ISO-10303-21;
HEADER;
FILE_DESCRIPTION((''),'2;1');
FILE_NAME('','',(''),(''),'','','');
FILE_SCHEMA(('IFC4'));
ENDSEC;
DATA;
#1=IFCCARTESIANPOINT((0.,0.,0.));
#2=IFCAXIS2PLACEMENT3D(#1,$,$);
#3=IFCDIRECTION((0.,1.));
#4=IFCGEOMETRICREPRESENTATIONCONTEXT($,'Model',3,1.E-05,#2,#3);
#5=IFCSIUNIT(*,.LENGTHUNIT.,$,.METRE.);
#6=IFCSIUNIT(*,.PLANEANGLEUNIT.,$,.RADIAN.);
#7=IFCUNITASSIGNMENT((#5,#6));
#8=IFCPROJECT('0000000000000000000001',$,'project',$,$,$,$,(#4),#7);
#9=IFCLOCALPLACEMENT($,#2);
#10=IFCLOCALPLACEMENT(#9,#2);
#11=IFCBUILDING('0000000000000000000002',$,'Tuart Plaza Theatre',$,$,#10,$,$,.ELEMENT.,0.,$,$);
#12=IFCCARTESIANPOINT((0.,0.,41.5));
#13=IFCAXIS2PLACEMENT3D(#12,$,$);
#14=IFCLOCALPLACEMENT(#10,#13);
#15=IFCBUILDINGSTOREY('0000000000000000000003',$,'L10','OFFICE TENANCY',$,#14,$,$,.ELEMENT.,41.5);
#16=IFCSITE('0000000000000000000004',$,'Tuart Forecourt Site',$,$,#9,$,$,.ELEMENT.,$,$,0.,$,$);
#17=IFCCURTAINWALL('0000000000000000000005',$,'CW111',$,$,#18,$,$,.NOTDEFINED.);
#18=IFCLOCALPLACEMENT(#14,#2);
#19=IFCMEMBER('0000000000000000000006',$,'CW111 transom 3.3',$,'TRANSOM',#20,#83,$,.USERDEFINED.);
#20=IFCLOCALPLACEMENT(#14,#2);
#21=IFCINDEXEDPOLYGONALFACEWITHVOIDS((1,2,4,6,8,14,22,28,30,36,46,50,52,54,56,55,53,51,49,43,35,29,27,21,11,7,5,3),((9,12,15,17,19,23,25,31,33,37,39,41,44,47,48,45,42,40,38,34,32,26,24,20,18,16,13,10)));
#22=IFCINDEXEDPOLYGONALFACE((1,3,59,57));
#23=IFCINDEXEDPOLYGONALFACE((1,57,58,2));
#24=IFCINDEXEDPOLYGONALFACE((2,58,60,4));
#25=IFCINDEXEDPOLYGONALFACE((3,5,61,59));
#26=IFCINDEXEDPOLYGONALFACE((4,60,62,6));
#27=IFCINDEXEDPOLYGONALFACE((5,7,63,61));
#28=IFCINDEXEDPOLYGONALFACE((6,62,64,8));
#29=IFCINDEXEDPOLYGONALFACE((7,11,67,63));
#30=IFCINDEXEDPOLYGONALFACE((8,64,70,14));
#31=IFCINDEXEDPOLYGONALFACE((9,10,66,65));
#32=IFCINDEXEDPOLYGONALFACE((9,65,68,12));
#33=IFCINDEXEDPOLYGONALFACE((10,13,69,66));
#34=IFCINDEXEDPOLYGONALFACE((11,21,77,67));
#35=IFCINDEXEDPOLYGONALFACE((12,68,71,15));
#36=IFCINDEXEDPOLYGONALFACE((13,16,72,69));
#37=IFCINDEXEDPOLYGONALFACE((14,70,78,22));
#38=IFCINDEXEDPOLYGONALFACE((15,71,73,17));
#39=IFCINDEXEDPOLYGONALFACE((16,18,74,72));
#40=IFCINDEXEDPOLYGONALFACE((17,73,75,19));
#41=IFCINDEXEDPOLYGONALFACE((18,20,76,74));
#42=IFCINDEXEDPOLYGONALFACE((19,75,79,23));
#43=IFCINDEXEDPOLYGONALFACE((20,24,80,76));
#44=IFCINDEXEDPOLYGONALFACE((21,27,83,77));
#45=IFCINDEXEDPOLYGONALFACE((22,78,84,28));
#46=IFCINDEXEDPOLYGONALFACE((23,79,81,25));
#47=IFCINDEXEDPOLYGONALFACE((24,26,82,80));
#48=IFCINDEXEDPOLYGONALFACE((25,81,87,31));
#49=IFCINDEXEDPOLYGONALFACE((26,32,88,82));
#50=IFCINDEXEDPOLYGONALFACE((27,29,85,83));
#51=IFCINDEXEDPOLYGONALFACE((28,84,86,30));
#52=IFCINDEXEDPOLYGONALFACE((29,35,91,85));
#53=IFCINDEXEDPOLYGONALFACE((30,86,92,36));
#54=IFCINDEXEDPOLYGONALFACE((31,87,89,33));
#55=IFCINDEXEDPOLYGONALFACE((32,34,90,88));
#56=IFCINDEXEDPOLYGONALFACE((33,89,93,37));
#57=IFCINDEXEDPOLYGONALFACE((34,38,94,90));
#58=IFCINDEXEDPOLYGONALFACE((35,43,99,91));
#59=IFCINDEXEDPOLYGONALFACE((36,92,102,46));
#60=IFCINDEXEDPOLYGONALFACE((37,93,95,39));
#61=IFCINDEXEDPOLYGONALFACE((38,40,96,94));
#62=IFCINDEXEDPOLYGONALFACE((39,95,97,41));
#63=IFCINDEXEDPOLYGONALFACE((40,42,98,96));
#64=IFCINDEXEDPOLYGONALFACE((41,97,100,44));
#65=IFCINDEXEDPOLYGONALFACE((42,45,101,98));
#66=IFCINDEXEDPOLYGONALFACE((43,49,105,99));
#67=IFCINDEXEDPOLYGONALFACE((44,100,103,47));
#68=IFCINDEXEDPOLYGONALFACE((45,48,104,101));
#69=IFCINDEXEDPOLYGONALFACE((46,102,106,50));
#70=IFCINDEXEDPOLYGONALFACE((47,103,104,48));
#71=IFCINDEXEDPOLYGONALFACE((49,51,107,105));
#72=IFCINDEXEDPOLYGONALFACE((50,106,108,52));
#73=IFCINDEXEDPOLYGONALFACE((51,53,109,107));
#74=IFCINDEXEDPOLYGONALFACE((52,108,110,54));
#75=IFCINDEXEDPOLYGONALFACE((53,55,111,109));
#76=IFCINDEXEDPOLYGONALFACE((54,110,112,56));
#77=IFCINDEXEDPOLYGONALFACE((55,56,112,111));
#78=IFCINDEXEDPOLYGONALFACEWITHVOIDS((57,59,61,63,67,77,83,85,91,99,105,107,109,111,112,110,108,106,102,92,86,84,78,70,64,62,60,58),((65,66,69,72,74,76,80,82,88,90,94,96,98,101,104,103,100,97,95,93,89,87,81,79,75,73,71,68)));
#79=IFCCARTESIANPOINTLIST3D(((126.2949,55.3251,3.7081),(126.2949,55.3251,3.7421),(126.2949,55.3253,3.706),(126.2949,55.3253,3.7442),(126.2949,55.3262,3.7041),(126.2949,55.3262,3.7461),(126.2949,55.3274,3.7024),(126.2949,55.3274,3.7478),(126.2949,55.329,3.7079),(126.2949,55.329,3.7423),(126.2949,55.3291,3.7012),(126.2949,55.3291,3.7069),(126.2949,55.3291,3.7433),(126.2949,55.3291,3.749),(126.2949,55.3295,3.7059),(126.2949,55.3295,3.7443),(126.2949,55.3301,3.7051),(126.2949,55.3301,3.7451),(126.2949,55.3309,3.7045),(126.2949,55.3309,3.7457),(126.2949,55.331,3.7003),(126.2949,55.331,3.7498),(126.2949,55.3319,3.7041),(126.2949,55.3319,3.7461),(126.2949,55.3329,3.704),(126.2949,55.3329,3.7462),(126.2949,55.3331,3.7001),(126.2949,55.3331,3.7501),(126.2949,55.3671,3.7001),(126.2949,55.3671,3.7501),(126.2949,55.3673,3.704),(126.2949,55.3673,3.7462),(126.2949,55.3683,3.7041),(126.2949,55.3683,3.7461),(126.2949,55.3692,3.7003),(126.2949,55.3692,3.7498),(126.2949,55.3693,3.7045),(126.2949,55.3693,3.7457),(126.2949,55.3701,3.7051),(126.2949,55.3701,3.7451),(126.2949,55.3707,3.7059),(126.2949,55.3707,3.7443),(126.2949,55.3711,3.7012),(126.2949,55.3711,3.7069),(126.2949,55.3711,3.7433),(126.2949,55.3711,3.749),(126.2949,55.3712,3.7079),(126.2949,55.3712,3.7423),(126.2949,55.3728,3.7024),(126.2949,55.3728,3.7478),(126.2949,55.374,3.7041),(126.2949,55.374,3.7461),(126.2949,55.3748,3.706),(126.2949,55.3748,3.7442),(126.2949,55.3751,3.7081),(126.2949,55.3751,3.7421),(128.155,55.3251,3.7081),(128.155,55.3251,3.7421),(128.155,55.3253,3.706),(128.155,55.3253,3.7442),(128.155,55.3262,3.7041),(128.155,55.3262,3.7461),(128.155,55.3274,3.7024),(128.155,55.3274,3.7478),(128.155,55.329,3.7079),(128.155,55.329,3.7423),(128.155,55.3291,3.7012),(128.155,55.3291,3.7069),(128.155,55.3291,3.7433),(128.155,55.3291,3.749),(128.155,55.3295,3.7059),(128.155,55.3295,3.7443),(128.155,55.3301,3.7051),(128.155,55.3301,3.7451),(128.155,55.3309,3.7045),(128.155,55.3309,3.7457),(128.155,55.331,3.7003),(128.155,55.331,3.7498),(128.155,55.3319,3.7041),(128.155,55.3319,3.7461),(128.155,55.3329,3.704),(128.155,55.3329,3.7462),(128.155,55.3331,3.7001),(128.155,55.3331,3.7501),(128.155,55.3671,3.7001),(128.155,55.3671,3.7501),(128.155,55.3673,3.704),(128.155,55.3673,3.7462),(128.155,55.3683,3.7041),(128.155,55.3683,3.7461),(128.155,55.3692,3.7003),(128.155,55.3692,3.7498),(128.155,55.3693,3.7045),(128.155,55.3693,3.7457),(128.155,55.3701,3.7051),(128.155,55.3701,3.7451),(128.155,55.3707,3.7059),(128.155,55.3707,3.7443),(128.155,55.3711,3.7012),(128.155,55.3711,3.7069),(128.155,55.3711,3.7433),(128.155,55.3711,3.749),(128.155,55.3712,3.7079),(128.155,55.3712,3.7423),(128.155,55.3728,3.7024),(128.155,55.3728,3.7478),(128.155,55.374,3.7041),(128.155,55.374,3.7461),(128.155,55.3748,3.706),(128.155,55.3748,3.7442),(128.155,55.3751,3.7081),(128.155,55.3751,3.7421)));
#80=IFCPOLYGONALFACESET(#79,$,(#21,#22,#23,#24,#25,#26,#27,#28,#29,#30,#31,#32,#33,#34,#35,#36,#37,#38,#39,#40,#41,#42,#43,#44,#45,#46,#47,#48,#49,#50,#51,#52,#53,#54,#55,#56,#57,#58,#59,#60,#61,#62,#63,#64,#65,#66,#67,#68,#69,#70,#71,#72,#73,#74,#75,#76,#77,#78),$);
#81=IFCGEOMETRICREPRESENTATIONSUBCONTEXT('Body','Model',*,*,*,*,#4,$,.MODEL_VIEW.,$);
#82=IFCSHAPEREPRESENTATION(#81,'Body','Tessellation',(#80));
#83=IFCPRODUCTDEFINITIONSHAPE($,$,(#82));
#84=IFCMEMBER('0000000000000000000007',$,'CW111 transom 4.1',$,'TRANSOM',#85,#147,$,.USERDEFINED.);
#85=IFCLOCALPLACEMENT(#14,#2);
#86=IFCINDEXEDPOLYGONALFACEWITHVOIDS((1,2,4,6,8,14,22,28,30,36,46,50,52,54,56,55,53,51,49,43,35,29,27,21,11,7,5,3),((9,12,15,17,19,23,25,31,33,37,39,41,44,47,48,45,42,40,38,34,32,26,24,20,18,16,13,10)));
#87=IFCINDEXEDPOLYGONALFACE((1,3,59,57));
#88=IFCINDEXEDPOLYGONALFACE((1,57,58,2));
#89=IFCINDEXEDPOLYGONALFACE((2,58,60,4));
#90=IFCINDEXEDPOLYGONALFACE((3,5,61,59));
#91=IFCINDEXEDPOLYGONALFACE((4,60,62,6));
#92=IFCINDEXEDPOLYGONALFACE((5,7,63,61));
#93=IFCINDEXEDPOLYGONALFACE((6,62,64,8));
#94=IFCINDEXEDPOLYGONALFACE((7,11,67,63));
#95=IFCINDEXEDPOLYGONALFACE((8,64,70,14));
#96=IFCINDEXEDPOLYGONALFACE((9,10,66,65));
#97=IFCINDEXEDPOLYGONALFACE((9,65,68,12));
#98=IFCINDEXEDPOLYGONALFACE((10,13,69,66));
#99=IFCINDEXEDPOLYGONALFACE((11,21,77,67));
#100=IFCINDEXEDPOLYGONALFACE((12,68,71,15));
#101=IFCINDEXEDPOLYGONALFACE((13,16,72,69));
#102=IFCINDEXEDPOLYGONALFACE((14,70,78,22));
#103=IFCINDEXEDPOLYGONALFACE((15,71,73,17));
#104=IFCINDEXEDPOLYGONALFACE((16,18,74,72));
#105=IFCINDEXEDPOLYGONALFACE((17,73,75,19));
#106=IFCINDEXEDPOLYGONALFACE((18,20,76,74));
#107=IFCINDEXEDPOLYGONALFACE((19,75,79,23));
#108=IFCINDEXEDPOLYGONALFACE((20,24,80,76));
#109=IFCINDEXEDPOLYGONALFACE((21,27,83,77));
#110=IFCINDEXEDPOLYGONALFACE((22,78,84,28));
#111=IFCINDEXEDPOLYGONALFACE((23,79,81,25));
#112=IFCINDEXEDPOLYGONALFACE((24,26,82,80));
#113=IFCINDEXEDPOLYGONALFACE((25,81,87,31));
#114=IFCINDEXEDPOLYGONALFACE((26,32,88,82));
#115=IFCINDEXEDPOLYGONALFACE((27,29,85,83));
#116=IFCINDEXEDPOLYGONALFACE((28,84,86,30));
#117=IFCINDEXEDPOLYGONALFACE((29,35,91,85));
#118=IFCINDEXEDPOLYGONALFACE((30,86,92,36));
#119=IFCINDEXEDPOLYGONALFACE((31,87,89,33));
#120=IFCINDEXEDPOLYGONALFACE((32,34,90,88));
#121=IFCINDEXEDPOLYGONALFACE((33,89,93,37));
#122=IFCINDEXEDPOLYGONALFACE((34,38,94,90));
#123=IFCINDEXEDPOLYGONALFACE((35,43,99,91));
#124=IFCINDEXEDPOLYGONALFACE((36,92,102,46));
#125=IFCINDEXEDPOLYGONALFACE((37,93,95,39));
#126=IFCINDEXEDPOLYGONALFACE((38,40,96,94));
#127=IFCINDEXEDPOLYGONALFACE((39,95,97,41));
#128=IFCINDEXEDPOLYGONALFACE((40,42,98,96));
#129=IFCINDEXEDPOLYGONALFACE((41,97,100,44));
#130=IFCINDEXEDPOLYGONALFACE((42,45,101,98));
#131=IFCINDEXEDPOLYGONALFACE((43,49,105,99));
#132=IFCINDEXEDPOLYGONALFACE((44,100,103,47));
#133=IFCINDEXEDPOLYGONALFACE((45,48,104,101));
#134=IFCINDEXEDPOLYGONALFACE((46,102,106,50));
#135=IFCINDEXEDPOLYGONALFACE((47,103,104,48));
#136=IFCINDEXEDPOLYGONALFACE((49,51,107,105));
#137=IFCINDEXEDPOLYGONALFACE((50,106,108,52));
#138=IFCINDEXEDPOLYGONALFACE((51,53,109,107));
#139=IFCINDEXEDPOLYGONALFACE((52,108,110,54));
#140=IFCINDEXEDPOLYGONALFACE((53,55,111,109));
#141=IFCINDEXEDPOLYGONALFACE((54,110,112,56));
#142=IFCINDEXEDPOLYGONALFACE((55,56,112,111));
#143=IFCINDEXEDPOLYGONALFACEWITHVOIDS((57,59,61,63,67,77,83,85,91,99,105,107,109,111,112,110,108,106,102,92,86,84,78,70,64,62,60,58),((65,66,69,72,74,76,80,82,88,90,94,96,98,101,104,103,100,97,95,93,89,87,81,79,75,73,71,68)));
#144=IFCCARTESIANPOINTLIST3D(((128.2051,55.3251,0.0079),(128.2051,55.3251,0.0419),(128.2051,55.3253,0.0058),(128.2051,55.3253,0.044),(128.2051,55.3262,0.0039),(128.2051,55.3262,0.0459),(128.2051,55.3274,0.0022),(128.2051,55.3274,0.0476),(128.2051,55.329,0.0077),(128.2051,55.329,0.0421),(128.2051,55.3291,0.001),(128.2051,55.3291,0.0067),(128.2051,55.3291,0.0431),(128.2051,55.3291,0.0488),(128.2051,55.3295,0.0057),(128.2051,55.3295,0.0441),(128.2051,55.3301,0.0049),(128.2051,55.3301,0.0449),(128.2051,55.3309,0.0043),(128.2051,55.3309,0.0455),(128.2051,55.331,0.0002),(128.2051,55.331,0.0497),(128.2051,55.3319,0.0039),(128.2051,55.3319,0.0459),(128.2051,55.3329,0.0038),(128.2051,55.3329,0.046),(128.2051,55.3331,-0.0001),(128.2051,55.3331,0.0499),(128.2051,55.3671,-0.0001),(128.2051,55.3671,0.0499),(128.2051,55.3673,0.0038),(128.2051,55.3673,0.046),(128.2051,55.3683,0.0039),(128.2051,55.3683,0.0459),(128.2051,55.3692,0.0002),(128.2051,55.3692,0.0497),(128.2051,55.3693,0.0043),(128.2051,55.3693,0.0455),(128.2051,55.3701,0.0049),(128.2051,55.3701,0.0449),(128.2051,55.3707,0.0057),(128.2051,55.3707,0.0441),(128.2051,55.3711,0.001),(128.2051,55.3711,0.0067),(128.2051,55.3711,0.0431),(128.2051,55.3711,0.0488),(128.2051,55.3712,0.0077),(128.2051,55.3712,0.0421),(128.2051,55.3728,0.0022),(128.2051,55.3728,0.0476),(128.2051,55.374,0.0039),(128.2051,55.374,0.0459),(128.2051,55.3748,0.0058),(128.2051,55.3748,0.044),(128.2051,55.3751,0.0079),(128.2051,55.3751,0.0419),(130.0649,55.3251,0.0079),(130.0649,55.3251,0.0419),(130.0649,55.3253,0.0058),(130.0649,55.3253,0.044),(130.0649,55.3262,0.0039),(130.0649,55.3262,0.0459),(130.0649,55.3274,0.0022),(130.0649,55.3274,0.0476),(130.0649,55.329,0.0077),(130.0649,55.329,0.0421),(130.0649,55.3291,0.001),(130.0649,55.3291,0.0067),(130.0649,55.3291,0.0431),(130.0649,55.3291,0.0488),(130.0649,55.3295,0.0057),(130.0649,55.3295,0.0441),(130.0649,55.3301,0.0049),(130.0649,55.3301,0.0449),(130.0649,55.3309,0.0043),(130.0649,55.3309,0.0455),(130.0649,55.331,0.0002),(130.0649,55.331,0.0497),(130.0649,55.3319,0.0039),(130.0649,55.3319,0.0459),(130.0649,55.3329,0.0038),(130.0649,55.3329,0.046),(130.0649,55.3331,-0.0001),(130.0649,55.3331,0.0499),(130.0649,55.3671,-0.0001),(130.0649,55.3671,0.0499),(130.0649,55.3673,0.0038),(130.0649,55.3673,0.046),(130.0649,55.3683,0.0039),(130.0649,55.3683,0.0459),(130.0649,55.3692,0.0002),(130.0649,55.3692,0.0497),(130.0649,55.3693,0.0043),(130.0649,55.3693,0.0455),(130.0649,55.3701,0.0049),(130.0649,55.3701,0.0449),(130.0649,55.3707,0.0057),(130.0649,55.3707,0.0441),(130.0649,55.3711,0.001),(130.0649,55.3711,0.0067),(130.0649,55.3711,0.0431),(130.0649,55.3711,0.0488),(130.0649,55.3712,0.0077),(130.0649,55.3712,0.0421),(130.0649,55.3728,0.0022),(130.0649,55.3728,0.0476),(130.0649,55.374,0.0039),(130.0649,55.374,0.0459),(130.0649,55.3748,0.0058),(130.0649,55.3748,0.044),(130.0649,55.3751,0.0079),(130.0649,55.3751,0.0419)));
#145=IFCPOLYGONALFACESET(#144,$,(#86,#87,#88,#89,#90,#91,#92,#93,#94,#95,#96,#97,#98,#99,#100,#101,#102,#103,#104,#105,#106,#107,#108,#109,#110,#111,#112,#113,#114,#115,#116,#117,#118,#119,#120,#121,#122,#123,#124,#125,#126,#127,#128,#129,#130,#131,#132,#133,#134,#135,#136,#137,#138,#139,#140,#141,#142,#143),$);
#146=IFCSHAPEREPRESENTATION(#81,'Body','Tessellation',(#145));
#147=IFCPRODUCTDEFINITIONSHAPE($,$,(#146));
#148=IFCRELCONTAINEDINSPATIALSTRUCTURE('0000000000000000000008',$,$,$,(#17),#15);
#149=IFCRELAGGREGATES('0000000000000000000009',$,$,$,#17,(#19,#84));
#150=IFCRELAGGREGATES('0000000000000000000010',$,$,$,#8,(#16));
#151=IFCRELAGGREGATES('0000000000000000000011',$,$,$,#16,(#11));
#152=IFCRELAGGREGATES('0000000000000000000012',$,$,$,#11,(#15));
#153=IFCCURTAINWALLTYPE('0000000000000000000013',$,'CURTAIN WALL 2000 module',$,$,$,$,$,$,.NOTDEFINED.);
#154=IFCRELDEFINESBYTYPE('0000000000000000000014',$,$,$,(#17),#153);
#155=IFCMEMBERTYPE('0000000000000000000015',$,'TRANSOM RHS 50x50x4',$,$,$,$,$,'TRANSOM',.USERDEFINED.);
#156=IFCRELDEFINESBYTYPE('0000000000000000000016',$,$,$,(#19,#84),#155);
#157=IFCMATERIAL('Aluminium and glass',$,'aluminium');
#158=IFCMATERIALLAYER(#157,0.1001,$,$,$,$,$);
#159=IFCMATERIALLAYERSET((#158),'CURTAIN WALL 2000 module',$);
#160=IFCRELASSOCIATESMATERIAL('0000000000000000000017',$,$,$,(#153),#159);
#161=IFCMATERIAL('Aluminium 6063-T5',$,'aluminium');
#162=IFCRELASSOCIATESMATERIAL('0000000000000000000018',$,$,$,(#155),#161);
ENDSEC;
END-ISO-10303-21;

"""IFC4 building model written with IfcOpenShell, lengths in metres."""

from ifc_helpers import new_model, si_unit, direction, frame, origin, origin_2d, place, context, subcontext, project, spatial, hollow_rectangle, extrude, material, layer, layer_set, material_profile, profile_set, type_object, element, aggregate, save


model = new_model("IFC4")

# Units and contexts
model_context = context("Model", 3, precision=1e-05, world=origin(), true_north=direction((0.0, 1.0)))
body_context = subcontext(model_context, "Body", "Model", "MODEL_VIEW")
ifc_project = project(units=[si_unit("LENGTHUNIT", "METRE"), si_unit("PLANEANGLEUNIT", "RADIAN")], contexts=[model_context])

# Site, building, storey
site_placement = place(None, origin())
site = spatial("IfcSite", under=ifc_project, at=site_placement, Name="Tuart Forecourt Site", CompositionType="ELEMENT", RefElevation=0.0)
building_placement = place(site_placement, origin())
building = spatial("IfcBuilding", under=site, at=building_placement, Name="Tuart Plaza Theatre", CompositionType="ELEMENT", ElevationOfRefHeight=0.0)
storey_placement = place(building_placement, frame((0.0, 0.0, 41.5)))
storey = spatial("IfcBuildingStorey", under=building, at=storey_placement, Name="L10", Description="OFFICE TENANCY", CompositionType="ELEMENT", Elevation=41.5)

# Shared definitions
ifc_material_1 = material(Name="Aluminium and glass", Category="aluminium")
ifc_layer_1 = layer(ifc_material_1, 0.1001)
ifc_layer_set_1 = layer_set([ifc_layer_1], Name="CURTAIN WALL 2000 module")
curtain_wall_type = type_object("IfcCurtainWallType", Name="CURTAIN WALL 2000 module", PredefinedType="NOTDEFINED", material=ifc_layer_set_1)

# Curtain wall
curtain_wall_1_placement = place(storey_placement, origin())
curtain_wall_1 = element("IfcCurtainWall", 1, at=curtain_wall_1_placement, inside=storey, type_object=curtain_wall_type, Name="CW111", PredefinedType="NOTDEFINED")

# Members
ifc_material_2 = material(Name="Aluminium 6063-T5", Category="aluminium")
ifc_material_profile_1 = material_profile(ifc_material_2, hollow_rectangle(XDim=0.05, YDim=0.05, WallThickness=0.0039, InnerFilletRadius=0.0039, OuterFilletRadius=0.0081, at=origin_2d()), Name="RHS 50x50x4")
ifc_profile_set_1 = profile_set([ifc_material_profile_1], Name="Aluminium 6063-T5")
member_type_1 = type_object("IfcMemberType", Name="TRANSOM RHS 50x50x4", ElementType="TRANSOM", PredefinedType="USERDEFINED", material=ifc_profile_set_1)
member_1_placement = place(storey_placement, frame((126.2949, 55.3501, 3.7251), z_axis=(1.0, 0.0, 0.0), x_axis=(0.0, 1.0, 0.0)))
member_1 = element("IfcMember", 2, at=member_1_placement, type_object=member_type_1, Name="CW111 transom 3.3", ObjectType="TRANSOM", PredefinedType="USERDEFINED", context=body_context, shape_type="SweptSolid", body=[
    extrude(hollow_rectangle(XDim=0.05, YDim=0.05, WallThickness=0.0039, InnerFilletRadius=0.0039, OuterFilletRadius=0.0081, at=origin_2d()), origin(), (0.0, 0.0, 1.0), 1.8601),
])
member_2_placement = place(storey_placement, frame((128.2051, 55.3501, 0.0249), z_axis=(1.0, 0.0, 0.0), x_axis=(0.0, 1.0, 0.0)))
member_2 = element("IfcMember", 3, at=member_2_placement, type_object=member_type_1, Name="CW111 transom 4.1", ObjectType="TRANSOM", PredefinedType="USERDEFINED", context=body_context, shape_type="SweptSolid", body=[
    extrude(hollow_rectangle(XDim=0.05, YDim=0.05, WallThickness=0.0039, InnerFilletRadius=0.0039, OuterFilletRadius=0.0081, at=origin_2d()), origin(), (0.0, 0.0, 1.0), 1.8599),
])

aggregate(curtain_wall_1, [member_1, member_2])

save(model, "model.ifc")
